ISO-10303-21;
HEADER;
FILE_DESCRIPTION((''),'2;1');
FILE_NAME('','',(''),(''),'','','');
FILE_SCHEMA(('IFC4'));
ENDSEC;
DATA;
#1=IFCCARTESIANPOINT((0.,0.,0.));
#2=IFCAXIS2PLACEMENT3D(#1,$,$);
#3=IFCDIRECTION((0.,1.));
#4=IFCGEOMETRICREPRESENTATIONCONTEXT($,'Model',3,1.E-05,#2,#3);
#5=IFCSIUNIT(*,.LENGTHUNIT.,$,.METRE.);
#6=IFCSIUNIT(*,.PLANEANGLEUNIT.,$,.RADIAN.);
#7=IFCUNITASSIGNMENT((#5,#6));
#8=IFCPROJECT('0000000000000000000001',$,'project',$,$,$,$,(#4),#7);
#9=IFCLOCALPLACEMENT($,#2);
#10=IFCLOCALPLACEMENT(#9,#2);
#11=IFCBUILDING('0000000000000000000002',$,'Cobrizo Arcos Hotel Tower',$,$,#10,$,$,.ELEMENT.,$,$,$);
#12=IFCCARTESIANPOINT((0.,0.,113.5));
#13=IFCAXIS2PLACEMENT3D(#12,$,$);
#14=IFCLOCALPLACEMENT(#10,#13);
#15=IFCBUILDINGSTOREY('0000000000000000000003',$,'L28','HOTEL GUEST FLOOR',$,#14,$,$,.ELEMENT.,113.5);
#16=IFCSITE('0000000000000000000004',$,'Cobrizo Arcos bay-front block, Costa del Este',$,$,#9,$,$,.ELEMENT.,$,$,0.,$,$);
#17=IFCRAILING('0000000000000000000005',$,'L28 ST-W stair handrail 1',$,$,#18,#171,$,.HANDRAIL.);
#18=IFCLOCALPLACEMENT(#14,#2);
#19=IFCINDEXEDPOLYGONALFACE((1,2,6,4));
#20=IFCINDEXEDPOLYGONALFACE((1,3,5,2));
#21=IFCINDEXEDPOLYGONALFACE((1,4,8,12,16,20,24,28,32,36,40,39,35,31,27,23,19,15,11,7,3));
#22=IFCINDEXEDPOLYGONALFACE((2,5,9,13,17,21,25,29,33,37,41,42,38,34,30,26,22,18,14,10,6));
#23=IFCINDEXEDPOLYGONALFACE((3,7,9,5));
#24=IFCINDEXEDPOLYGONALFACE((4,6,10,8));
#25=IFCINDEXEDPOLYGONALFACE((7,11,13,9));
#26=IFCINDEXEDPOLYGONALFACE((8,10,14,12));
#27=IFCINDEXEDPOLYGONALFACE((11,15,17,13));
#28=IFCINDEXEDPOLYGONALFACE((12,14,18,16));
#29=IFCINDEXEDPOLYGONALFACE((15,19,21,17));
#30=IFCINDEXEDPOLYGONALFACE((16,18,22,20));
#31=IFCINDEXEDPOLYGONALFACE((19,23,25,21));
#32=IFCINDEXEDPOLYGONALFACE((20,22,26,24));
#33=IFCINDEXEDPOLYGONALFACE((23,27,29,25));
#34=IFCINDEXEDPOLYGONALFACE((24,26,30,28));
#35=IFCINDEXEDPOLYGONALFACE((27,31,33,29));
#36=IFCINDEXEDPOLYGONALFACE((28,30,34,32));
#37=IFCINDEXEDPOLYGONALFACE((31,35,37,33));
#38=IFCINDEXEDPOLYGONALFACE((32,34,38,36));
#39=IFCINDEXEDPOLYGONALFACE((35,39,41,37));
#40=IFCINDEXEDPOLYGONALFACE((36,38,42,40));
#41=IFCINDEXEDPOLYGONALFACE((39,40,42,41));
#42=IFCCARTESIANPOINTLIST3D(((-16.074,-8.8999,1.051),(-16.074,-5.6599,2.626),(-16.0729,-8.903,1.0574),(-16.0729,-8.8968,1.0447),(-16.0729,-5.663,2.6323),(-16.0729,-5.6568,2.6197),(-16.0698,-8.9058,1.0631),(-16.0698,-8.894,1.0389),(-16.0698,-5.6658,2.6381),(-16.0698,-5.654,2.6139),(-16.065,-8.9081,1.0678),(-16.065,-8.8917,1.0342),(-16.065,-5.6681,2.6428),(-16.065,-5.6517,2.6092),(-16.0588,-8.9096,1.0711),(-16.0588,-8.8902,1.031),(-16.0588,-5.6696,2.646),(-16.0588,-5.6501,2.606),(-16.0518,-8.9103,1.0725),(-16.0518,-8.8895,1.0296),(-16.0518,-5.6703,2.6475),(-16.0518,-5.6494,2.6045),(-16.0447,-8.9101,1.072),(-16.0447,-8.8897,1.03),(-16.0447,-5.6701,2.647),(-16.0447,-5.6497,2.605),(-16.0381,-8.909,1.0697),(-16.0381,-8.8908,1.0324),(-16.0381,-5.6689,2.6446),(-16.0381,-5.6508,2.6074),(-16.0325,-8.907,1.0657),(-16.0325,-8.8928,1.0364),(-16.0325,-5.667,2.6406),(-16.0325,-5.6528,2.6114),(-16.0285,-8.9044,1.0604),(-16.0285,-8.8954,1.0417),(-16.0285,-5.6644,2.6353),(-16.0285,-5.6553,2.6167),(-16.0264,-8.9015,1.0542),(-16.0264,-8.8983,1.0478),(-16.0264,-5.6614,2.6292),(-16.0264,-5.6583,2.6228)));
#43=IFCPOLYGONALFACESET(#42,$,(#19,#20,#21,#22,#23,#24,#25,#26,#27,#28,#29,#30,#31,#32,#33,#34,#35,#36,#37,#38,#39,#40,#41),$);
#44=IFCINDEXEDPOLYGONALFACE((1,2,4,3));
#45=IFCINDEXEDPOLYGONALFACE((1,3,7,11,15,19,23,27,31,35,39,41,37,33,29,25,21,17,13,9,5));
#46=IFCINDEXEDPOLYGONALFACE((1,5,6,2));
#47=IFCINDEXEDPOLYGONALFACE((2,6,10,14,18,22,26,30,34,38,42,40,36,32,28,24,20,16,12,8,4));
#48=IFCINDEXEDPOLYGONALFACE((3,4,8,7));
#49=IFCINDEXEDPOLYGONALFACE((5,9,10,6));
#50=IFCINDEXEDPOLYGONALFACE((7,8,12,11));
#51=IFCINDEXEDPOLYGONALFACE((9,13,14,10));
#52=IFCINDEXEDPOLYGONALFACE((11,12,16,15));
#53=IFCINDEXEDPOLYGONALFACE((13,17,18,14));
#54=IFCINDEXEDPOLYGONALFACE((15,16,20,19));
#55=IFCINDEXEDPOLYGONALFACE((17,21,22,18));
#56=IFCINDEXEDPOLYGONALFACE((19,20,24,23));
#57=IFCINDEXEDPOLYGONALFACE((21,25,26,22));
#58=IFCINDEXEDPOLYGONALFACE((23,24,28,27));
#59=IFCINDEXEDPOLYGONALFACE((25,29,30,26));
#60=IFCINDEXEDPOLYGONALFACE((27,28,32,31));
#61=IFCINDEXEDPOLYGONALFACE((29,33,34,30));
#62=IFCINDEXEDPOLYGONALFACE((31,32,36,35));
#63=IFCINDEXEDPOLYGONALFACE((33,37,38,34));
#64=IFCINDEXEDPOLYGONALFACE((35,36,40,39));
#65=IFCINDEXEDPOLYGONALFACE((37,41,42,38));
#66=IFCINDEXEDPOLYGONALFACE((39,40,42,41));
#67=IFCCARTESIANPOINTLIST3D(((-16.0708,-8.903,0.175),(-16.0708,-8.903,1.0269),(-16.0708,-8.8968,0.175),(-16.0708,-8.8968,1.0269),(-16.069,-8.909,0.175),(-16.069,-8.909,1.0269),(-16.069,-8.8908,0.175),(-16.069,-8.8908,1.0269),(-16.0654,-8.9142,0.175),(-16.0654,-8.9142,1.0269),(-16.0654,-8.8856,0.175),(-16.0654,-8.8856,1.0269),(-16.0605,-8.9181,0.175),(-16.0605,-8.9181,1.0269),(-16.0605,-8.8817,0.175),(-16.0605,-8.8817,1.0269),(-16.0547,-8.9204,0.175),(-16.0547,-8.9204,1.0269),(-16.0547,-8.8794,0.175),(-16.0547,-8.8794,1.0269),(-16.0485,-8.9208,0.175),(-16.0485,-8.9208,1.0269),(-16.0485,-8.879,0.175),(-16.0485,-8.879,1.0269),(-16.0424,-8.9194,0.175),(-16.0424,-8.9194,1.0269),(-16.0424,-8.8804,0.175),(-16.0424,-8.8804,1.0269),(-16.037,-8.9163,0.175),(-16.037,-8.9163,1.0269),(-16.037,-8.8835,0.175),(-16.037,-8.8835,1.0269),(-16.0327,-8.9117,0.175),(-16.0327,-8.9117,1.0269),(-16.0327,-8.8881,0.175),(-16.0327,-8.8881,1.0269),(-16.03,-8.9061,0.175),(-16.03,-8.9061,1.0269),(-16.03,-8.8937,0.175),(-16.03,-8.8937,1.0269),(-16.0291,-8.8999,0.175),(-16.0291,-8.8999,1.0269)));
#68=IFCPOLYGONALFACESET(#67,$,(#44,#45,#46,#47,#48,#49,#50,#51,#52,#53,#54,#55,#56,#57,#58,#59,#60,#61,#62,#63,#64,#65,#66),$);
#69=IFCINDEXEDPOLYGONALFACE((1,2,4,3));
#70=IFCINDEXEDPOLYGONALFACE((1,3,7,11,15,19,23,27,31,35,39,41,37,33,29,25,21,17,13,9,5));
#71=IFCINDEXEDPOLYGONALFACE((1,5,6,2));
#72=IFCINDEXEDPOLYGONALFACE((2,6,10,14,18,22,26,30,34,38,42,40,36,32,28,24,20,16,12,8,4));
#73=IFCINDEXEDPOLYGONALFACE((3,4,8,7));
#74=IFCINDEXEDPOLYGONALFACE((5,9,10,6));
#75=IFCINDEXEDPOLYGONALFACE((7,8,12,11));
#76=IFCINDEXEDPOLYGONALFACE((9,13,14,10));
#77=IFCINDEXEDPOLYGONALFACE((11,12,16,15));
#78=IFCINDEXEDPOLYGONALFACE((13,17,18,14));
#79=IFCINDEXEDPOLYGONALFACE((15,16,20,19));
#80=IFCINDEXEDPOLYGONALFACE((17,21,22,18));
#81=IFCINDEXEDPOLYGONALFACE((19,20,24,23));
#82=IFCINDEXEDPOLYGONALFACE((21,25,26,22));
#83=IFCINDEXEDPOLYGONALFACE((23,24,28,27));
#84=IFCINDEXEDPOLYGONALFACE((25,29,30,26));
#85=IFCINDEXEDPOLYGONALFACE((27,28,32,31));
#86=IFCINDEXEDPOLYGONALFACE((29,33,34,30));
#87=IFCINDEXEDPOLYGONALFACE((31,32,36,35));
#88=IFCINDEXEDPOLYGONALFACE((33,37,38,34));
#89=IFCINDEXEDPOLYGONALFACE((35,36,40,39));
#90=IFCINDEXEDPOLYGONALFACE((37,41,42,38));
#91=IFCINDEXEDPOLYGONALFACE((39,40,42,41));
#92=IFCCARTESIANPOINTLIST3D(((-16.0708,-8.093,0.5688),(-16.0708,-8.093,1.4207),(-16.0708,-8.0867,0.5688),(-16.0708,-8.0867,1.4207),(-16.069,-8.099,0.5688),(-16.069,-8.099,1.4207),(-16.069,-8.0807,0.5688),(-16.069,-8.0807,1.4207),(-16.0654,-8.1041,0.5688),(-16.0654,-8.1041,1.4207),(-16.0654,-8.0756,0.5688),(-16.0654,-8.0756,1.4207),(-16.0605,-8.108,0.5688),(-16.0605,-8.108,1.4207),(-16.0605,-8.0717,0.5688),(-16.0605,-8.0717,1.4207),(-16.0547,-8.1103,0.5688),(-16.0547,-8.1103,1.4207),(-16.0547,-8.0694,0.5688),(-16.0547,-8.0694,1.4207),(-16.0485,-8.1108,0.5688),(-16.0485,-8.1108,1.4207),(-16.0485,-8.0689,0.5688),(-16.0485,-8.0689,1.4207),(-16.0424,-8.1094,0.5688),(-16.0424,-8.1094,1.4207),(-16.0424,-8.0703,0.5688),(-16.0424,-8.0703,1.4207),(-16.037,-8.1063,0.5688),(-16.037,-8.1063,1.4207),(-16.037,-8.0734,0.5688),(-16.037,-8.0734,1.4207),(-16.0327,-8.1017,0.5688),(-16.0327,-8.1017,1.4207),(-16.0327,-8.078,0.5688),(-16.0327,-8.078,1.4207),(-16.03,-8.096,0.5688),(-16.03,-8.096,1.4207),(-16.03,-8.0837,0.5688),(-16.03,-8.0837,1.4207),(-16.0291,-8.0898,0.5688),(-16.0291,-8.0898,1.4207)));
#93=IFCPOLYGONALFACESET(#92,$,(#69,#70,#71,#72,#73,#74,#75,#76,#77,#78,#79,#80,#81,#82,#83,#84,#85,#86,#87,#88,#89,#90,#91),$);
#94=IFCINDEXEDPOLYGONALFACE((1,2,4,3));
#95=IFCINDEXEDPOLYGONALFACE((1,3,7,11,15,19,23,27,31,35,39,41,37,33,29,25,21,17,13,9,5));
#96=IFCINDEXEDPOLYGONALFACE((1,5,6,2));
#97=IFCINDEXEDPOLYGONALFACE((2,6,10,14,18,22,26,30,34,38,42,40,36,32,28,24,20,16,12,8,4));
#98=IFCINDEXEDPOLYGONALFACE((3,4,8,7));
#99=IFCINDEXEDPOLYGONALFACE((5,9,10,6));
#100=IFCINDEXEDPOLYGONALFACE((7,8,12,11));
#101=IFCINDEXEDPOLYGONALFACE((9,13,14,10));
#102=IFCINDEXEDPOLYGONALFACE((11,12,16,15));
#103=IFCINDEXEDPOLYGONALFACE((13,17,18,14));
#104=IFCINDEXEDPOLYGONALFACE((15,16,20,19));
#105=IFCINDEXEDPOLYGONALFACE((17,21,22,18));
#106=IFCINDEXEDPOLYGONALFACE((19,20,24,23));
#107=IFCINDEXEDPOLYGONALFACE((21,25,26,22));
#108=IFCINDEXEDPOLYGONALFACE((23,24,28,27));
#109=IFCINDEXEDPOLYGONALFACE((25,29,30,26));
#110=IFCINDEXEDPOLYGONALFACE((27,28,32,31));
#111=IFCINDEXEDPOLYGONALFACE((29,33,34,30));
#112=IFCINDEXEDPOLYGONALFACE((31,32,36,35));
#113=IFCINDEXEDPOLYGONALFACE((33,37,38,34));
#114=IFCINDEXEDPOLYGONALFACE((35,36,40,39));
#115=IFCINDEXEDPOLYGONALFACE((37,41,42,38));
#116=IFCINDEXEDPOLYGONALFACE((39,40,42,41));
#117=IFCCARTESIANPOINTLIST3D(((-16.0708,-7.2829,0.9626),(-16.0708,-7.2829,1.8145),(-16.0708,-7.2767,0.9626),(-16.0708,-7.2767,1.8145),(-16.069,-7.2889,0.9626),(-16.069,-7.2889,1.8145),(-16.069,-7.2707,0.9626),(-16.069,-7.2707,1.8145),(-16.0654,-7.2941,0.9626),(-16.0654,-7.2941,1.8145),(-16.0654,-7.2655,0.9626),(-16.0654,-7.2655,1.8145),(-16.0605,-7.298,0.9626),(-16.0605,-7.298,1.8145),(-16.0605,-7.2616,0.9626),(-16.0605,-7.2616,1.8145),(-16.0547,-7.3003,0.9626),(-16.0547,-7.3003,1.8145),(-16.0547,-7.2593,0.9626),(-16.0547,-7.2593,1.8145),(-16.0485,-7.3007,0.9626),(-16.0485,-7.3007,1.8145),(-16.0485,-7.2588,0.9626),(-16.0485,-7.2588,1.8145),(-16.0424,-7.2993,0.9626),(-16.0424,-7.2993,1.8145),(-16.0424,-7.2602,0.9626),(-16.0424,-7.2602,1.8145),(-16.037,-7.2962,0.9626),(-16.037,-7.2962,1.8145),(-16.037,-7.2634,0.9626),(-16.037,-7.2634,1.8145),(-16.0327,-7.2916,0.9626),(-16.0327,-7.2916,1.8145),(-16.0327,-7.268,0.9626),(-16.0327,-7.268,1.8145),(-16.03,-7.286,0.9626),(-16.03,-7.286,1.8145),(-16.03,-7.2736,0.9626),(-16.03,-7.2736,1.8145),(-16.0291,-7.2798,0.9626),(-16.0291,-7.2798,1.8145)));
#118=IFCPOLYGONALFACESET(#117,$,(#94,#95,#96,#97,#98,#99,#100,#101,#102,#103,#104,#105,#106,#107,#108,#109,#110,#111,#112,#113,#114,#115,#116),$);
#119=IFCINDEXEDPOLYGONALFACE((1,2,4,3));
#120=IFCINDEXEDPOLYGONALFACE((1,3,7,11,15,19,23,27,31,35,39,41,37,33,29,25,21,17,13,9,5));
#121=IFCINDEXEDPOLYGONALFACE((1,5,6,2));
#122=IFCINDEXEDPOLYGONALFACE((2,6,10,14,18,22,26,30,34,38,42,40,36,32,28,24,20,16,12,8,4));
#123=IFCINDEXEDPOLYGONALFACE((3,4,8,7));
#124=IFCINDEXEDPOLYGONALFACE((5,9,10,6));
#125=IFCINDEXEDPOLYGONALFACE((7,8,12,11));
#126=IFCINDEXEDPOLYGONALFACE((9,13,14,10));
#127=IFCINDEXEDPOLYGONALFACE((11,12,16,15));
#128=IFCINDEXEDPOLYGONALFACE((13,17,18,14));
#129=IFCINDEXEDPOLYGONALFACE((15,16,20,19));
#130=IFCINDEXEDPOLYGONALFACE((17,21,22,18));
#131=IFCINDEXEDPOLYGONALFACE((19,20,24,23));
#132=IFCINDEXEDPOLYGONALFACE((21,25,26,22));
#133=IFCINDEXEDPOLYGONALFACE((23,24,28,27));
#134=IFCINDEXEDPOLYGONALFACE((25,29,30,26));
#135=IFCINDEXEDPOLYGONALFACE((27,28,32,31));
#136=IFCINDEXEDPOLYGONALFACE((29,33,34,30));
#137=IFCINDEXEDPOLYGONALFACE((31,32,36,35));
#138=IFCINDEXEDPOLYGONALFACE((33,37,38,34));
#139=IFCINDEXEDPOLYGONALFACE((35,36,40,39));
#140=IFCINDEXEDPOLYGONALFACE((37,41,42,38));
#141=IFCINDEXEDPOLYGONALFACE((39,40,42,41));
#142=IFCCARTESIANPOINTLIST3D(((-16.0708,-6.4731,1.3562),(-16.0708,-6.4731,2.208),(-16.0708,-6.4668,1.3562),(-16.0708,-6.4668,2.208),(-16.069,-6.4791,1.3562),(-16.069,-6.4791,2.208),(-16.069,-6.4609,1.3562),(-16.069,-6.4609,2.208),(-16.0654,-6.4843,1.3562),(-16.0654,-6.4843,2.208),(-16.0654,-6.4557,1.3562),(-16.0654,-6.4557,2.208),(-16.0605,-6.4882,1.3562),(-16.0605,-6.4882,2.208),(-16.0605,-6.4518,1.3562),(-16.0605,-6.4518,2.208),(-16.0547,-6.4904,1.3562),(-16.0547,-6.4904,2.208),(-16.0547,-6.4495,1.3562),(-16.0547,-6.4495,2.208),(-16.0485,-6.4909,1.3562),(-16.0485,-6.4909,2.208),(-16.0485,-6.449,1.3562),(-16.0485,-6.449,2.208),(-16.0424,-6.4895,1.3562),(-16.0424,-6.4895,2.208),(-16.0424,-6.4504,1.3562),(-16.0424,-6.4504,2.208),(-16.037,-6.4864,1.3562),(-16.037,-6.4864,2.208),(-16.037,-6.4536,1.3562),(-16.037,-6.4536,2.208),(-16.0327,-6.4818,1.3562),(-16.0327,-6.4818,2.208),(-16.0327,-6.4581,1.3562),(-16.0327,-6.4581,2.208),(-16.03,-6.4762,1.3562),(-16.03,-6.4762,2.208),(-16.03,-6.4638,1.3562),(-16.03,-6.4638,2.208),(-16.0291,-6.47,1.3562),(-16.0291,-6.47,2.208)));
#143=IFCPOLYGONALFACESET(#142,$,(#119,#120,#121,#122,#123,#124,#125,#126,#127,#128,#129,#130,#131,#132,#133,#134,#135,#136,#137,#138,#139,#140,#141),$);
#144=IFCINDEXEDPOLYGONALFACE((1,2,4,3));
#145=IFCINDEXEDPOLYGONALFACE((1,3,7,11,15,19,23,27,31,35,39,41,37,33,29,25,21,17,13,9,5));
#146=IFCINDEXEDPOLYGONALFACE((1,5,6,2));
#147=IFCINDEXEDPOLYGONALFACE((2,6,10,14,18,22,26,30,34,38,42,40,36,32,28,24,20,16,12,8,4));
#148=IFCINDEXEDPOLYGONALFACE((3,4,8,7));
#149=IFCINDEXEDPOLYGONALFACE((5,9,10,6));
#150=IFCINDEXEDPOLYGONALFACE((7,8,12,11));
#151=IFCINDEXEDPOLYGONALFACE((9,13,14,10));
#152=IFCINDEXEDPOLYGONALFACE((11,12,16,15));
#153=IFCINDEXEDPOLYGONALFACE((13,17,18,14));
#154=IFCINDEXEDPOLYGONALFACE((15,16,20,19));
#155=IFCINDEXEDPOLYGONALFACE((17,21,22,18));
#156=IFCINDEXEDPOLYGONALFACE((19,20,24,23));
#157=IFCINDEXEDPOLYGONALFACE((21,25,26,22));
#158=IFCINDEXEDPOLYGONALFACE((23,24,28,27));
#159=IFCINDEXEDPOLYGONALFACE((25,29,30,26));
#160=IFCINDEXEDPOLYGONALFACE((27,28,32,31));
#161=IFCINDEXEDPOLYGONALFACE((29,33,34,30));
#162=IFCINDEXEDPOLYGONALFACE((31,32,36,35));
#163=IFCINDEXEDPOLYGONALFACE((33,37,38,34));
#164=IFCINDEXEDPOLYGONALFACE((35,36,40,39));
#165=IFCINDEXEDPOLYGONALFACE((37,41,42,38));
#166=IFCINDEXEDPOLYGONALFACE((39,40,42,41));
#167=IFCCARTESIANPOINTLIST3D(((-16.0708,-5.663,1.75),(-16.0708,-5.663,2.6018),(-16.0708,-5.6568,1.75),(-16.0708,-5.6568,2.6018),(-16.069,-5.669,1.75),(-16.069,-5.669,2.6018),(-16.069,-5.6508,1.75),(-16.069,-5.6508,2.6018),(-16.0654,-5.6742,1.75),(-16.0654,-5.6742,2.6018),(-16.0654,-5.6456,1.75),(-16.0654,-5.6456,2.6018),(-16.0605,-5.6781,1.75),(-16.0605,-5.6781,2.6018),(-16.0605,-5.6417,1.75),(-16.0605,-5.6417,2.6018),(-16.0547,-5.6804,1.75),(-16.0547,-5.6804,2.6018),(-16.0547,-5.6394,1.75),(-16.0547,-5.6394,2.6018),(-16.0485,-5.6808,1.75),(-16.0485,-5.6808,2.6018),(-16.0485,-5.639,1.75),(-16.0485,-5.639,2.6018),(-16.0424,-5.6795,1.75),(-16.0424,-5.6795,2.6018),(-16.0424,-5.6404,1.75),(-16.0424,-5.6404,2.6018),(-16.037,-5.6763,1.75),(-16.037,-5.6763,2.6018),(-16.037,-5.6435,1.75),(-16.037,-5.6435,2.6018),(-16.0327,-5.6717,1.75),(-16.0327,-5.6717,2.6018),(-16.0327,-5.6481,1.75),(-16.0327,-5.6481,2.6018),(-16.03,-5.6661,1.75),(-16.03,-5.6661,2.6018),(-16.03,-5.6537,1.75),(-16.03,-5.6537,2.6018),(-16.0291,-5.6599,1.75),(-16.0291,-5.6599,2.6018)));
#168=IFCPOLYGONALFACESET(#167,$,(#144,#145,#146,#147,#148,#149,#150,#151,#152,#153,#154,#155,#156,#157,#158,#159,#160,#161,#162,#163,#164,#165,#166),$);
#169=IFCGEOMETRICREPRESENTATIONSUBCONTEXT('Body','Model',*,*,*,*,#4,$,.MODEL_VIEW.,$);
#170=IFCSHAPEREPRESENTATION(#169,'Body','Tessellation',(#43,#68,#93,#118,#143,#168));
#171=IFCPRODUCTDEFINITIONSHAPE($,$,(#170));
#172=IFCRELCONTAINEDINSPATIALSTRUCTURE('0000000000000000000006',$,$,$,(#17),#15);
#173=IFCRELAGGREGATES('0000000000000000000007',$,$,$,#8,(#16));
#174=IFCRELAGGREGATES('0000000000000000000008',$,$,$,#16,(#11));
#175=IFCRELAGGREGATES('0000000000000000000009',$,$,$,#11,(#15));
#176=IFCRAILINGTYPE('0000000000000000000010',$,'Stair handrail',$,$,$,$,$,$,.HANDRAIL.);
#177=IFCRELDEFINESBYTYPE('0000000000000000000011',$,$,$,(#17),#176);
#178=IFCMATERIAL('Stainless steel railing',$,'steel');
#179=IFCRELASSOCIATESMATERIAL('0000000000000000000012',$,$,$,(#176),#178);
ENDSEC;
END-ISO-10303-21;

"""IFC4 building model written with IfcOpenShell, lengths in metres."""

from ifc_helpers import new_model, si_unit, direction, frame, origin, origin_2d, place, context, subcontext, project, spatial, circle, extrude, material, type_object, element, save


model = new_model("IFC4")

# Units and contexts
model_context = context("Model", 3, precision=1e-05, world=origin(), true_north=direction((0.0, 1.0)))
body_context = subcontext(model_context, "Body", "Model", "MODEL_VIEW")
ifc_project = project(units=[si_unit("LENGTHUNIT", "METRE"), si_unit("PLANEANGLEUNIT", "RADIAN")], contexts=[model_context])

# Site, building, storey
site_placement = place(None, origin())
site = spatial("IfcSite", under=ifc_project, at=site_placement, Name="Cobrizo Arcos bay-front block, Costa del Este", CompositionType="ELEMENT", RefElevation=0.0)
building_placement = place(site_placement, origin())
building = spatial("IfcBuilding", under=site, at=building_placement, Name="Cobrizo Arcos Hotel Tower", CompositionType="ELEMENT")
storey_placement = place(building_placement, frame((0.0, 0.0, 113.5)))
storey = spatial("IfcBuildingStorey", under=building, at=storey_placement, Name="L28", Description="HOTEL GUEST FLOOR", CompositionType="ELEMENT", Elevation=113.5)

# Railing
ifc_material_1 = material(Name="Stainless steel railing", Category="steel")
railing_type = type_object("IfcRailingType", Name="Stair handrail", PredefinedType="HANDRAIL", material=ifc_material_1)
railing_placement = place(storey_placement, frame((-16.05, -8.8999, 0.175)))
element("IfcRailing", 1, at=railing_placement, inside=storey, type_object=railing_type, Name="L28 ST-W stair handrail 1", PredefinedType="HANDRAIL", context=body_context, shape_type="SweptSolid", body=[
    extrude(circle(Radius=0.0239, at=origin_2d()), frame((0.0, 0.0, 0.876), z_axis=(0.0, 0.899373, 0.437183), x_axis=(-1.0, 0.0, 0.0)), (0.0, 0.0, 1.0), 3.6025),
    extrude(circle(Radius=0.021, at=origin_2d()), origin(), (0.0, 0.0, 1.0), 0.8518),
    extrude(circle(Radius=0.021, at=origin_2d()), frame((0.0, 0.8101, 0.3938)), (0.0, 0.0, 1.0), 0.8518),
    extrude(circle(Radius=0.021, at=origin_2d()), frame((0.0, 1.6201, 0.7876)), (0.0, 0.0, 1.0), 0.8518),
    extrude(circle(Radius=0.021, at=origin_2d()), frame((0.0, 2.4299, 1.1812)), (0.0, 0.0, 1.0), 0.8518),
    extrude(circle(Radius=0.021, at=origin_2d()), frame((0.0, 3.24, 1.575)), (0.0, 0.0, 1.0), 0.8518),
])

save(model, "model.ifc")
